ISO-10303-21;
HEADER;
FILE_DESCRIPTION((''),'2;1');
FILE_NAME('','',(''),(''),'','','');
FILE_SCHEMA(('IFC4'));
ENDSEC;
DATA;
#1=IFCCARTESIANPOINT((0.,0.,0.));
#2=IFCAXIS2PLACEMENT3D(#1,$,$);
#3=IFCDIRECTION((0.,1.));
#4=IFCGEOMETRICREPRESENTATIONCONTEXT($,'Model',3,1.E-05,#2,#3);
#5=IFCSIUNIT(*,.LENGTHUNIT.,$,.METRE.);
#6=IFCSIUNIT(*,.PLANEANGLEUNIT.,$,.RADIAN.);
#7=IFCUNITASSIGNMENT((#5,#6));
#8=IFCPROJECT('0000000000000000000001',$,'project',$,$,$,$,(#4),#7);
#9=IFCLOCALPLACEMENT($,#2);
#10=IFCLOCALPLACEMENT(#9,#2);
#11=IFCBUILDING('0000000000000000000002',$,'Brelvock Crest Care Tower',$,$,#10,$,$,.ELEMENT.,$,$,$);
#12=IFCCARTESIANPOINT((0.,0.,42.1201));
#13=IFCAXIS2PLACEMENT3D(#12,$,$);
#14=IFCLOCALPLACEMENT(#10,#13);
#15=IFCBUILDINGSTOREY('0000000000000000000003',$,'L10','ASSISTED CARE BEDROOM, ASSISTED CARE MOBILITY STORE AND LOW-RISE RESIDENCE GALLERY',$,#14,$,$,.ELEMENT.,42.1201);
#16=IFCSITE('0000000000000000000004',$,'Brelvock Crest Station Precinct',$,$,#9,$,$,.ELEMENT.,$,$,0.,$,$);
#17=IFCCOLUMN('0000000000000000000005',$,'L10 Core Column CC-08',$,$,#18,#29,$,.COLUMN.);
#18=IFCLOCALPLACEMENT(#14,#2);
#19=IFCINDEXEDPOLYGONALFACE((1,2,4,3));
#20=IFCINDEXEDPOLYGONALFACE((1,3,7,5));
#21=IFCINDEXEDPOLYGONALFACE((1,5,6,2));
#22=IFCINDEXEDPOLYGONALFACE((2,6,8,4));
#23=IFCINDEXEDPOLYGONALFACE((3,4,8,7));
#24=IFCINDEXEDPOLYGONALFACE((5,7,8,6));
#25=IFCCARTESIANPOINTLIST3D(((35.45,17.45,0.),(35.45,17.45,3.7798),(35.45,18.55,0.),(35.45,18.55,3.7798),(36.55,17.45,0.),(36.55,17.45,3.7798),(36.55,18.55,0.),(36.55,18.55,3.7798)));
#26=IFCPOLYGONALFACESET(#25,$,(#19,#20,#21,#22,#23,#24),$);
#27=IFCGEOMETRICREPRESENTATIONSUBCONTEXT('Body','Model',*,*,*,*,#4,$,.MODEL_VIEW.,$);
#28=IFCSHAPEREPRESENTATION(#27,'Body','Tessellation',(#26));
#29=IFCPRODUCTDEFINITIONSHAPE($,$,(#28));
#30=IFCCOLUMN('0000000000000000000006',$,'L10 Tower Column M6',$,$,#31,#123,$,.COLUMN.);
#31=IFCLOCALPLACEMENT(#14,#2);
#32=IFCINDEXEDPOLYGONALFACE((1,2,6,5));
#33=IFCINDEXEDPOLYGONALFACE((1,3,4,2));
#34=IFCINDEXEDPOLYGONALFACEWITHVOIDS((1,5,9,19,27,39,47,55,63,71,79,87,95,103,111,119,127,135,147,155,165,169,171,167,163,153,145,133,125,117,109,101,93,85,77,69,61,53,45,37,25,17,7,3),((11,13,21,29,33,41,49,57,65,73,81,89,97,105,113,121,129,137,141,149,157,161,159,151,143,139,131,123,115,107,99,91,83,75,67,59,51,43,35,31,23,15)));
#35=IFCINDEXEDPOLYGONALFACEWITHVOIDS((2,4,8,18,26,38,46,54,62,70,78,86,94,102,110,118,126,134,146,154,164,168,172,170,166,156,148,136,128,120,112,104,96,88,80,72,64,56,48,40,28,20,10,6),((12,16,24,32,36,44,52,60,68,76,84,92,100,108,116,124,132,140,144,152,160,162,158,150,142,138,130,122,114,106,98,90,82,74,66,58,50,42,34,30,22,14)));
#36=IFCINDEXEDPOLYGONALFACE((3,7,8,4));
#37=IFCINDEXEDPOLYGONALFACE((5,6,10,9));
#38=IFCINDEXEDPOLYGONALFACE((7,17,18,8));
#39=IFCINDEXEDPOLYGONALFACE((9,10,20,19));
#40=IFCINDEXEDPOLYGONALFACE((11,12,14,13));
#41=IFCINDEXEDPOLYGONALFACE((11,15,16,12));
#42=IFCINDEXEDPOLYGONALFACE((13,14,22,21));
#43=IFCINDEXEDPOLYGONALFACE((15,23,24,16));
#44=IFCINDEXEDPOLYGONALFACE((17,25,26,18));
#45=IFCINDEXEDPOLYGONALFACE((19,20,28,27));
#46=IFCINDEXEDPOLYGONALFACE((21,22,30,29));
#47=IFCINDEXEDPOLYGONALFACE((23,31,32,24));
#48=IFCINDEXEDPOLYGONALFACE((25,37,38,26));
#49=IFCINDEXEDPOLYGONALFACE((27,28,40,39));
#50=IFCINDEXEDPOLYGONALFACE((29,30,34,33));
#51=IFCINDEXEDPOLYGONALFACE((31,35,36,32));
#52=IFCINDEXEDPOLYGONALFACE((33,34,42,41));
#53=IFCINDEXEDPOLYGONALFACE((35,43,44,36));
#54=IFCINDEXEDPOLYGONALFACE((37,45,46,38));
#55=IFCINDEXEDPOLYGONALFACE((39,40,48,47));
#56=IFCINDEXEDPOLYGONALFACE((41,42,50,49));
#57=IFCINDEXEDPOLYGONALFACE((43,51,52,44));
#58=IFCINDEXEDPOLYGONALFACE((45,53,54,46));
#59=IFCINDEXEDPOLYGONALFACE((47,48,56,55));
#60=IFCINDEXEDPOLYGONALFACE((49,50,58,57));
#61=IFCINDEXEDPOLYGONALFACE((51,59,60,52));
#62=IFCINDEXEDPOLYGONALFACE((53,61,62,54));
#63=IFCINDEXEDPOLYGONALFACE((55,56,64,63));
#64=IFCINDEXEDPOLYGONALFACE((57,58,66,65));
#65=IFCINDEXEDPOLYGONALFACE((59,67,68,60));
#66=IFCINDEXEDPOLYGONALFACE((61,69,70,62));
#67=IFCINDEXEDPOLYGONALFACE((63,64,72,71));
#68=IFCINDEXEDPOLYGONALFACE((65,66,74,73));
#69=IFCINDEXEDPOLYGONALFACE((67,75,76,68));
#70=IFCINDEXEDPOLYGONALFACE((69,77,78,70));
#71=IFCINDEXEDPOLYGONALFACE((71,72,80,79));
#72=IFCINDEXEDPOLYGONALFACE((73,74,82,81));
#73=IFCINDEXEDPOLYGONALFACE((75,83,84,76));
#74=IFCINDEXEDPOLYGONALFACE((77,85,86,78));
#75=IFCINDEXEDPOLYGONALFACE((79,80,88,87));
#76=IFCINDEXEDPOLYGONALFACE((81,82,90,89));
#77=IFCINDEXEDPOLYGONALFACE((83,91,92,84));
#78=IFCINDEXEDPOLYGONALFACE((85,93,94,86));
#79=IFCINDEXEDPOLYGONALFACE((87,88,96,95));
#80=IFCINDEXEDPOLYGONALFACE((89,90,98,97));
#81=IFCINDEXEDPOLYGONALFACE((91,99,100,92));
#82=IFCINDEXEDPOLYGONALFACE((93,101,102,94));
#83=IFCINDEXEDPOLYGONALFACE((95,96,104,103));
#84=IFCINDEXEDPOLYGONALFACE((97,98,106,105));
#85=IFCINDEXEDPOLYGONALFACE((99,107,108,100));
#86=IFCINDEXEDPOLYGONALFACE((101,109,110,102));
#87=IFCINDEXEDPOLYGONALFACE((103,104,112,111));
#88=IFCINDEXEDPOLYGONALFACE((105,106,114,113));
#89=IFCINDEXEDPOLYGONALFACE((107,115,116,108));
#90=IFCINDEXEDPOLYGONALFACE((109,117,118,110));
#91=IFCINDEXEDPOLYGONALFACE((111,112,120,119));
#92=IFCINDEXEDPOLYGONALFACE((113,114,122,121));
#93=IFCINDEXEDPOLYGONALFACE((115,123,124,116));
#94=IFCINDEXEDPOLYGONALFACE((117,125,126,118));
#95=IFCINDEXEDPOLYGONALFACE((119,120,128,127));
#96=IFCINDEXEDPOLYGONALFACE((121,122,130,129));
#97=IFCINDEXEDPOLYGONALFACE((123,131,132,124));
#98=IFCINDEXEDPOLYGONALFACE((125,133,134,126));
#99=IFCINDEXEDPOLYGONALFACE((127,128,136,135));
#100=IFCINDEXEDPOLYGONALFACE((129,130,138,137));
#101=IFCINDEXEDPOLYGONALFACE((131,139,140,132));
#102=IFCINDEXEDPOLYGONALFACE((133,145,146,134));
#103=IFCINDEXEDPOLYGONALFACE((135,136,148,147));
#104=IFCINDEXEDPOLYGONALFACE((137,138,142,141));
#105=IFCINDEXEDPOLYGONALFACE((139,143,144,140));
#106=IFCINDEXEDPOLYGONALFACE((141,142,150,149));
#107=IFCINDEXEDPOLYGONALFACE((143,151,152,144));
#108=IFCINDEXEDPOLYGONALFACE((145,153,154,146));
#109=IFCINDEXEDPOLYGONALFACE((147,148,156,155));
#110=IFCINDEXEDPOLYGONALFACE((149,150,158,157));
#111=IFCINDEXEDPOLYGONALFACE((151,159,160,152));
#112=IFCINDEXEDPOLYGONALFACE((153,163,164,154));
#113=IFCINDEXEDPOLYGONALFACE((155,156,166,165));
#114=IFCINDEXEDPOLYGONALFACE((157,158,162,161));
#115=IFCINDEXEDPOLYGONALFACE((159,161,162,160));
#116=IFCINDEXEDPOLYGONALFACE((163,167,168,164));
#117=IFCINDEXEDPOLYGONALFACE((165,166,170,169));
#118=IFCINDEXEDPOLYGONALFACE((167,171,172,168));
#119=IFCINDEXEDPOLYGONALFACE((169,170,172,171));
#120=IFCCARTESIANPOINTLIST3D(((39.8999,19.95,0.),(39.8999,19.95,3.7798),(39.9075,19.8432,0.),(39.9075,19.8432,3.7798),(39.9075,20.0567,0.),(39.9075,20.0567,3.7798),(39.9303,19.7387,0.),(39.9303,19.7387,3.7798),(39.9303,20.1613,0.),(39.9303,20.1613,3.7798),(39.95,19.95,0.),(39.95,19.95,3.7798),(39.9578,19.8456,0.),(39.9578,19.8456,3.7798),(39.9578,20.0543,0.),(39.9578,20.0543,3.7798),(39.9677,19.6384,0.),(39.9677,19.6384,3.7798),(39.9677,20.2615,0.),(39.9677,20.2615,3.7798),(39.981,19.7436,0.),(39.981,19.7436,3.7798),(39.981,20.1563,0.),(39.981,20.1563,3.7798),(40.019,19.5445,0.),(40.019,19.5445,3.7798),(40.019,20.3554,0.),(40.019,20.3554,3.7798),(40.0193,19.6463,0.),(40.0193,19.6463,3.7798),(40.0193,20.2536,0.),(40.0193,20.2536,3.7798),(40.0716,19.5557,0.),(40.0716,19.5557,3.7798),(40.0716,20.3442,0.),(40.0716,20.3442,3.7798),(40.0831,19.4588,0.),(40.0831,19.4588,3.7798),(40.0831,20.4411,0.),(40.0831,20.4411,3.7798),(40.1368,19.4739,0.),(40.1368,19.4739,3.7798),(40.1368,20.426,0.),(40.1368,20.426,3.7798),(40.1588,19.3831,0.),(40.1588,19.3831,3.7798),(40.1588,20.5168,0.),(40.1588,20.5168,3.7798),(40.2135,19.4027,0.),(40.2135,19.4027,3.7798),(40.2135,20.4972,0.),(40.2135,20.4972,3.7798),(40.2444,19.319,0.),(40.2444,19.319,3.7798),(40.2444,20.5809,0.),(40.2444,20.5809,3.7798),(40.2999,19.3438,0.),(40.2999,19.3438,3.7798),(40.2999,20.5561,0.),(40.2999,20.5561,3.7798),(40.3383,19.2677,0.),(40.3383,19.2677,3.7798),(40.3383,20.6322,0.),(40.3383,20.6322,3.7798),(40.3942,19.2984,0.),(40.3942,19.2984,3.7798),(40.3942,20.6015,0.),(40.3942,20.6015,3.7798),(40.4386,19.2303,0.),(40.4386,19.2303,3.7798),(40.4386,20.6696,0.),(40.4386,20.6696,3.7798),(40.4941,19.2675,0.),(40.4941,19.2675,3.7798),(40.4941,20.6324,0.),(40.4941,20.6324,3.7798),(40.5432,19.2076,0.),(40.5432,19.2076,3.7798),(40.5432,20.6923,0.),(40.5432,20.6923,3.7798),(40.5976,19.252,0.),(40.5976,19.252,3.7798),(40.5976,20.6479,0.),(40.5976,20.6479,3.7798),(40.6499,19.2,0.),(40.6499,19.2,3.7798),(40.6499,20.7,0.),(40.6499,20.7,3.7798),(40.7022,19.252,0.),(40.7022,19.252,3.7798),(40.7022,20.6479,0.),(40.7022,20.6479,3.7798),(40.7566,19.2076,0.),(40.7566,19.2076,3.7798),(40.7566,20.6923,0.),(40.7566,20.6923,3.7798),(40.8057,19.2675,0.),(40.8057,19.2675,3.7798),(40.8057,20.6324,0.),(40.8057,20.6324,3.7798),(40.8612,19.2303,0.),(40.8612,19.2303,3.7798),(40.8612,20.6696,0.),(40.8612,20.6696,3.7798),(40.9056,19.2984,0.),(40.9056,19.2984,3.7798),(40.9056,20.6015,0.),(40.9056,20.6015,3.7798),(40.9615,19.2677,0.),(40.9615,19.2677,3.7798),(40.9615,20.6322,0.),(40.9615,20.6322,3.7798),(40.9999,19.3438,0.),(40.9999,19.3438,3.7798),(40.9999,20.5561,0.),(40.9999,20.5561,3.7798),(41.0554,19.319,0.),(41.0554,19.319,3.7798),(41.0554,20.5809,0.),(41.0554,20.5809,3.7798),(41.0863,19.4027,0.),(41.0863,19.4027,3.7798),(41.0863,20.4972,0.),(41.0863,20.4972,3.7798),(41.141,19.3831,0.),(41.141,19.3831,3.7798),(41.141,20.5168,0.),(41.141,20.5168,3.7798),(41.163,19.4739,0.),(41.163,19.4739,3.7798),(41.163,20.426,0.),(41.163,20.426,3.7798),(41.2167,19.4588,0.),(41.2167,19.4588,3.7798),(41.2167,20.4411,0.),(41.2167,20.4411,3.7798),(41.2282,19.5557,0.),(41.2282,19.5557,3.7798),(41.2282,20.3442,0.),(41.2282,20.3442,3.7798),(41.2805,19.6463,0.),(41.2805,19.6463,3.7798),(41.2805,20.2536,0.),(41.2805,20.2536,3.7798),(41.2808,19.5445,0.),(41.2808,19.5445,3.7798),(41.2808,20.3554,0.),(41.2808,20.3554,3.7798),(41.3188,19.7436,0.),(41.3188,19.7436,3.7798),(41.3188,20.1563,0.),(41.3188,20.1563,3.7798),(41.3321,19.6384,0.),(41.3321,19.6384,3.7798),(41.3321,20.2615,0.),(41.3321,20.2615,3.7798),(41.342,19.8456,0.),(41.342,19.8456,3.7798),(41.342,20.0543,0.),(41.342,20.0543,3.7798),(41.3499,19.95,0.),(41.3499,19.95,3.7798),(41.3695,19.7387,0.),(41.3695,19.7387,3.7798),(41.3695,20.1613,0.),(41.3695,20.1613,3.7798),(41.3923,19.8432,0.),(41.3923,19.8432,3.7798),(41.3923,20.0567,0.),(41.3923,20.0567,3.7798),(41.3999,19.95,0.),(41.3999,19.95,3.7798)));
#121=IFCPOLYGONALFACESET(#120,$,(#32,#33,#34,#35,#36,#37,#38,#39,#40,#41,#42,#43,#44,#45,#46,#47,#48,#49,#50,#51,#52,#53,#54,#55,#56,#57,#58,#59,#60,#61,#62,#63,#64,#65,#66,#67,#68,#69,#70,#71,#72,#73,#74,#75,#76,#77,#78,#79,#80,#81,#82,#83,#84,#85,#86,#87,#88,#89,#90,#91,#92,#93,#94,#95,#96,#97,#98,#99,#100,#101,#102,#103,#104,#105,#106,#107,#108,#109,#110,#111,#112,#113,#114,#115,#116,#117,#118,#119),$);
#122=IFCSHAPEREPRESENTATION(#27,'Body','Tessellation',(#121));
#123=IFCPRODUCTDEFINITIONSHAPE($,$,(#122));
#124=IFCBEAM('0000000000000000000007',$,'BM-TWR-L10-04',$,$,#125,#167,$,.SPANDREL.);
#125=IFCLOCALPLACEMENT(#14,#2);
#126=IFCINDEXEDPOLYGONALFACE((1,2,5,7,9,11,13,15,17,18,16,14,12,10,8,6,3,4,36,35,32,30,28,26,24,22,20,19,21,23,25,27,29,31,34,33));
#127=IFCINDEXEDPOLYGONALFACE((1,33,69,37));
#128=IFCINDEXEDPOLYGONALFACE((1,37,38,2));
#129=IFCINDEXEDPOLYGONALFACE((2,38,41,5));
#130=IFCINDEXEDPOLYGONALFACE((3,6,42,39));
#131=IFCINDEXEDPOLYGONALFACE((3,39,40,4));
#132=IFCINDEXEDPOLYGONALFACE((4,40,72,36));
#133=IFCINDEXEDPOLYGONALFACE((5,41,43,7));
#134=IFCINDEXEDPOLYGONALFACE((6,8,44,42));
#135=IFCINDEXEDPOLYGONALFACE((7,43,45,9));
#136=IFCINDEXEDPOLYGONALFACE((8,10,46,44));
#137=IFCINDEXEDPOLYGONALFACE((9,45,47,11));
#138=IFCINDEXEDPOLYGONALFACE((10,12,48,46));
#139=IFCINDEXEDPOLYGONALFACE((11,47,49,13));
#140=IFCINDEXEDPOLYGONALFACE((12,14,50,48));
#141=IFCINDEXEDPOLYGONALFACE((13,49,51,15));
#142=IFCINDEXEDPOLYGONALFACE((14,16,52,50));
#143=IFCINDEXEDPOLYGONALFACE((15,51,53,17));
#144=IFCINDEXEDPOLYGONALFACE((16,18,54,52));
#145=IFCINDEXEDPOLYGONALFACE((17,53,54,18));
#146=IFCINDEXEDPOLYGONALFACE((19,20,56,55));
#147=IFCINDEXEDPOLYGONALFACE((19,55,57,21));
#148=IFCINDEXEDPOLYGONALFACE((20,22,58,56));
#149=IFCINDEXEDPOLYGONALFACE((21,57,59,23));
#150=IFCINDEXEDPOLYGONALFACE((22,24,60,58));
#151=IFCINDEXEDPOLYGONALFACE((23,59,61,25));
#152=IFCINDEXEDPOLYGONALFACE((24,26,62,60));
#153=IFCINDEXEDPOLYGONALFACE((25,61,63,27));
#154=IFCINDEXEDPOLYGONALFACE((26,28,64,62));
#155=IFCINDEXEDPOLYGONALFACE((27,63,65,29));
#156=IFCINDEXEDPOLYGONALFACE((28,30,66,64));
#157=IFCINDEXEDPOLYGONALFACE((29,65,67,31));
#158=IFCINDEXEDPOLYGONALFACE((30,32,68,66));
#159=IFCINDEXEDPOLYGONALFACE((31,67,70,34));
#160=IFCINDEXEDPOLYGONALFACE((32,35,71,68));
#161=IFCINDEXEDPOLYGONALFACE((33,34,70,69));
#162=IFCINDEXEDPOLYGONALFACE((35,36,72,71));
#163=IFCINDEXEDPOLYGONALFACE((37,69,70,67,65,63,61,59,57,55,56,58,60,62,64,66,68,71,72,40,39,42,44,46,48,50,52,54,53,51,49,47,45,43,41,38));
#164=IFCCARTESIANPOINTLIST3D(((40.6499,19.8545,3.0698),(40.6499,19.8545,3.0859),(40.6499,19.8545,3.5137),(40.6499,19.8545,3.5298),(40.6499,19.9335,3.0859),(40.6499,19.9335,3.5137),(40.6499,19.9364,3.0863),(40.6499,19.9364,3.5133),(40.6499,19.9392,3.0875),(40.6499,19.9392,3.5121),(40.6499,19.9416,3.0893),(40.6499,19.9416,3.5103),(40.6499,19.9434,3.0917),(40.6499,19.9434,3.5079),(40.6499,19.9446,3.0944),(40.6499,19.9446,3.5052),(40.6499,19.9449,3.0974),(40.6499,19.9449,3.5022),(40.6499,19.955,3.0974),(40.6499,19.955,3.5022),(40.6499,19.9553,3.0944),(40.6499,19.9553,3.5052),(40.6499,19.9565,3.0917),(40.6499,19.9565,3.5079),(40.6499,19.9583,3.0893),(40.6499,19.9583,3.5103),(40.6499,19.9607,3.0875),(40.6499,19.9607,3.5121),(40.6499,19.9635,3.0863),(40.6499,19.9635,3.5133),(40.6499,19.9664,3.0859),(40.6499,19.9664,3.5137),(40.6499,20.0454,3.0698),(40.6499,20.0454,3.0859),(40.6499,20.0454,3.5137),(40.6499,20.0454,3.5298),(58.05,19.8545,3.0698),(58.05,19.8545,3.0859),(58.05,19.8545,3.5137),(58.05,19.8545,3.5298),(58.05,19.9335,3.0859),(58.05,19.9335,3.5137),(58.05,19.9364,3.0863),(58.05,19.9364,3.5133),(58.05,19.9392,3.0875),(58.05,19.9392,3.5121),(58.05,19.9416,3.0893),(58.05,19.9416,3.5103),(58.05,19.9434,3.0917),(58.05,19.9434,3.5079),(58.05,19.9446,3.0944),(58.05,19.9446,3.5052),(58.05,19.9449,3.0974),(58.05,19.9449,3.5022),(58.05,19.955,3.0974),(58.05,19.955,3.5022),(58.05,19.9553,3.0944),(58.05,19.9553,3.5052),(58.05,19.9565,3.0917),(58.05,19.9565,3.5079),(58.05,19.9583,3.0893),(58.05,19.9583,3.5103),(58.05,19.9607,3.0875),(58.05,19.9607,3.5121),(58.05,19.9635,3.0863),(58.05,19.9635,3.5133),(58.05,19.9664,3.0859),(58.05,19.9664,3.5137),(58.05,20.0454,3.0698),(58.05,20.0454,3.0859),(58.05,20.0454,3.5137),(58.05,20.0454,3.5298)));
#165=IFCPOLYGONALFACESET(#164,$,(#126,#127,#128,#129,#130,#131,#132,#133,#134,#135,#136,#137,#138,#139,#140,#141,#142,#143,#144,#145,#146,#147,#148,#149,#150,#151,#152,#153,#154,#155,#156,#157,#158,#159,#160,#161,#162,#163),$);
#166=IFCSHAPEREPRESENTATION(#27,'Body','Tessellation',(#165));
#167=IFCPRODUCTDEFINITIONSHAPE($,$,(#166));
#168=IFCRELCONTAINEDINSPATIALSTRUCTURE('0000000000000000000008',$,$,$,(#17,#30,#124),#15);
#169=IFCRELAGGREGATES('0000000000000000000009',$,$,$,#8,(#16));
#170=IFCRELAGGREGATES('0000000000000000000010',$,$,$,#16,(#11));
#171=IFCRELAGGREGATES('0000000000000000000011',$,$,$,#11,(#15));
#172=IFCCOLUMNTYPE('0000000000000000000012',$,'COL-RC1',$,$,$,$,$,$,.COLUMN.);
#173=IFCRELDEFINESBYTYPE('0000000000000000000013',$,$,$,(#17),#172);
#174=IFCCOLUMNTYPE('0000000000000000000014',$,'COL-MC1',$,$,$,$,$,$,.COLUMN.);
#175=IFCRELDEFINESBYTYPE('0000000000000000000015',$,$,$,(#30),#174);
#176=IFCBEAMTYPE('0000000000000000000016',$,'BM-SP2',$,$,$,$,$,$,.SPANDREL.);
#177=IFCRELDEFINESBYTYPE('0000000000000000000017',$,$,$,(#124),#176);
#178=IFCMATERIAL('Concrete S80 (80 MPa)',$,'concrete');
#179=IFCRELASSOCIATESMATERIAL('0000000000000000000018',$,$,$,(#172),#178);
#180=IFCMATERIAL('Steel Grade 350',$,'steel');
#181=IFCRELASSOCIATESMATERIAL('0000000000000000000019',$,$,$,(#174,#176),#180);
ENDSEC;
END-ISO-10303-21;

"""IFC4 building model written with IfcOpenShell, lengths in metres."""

from ifc_helpers import new_model, si_unit, direction, frame, origin, origin_2d, place, context, subcontext, project, spatial, rectangle, hollow_circle, i_section, extrude, source, transform, mapped, material, material_profile, profile_set, type_object, element, save


model = new_model("IFC4")

# Units and contexts
model_context = context("Model", 3, precision=1e-05, world=origin(), true_north=direction((0.0, 1.0)))
body_context = subcontext(model_context, "Body", "Model", "MODEL_VIEW")
ifc_project = project(units=[si_unit("LENGTHUNIT", "METRE"), si_unit("PLANEANGLEUNIT", "RADIAN")], contexts=[model_context])

# Site, building, storey
site_placement = place(None, origin())
site = spatial("IfcSite", under=ifc_project, at=site_placement, Name="Brelvock Crest Station Precinct", CompositionType="ELEMENT", RefElevation=0.0)
building_placement = place(site_placement, origin())
building = spatial("IfcBuilding", under=site, at=building_placement, Name="Brelvock Crest Care Tower", CompositionType="ELEMENT")
storey_placement = place(building_placement, frame((0.0, 0.0, 42.1201)))
storey = spatial("IfcBuildingStorey", under=building, at=storey_placement, Name="L10", Description="ASSISTED CARE BEDROOM, ASSISTED CARE MOBILITY STORE AND LOW-RISE RESIDENCE GALLERY", CompositionType="ELEMENT", Elevation=42.1201)

# Columns
ifc_material_1 = material(Name="Concrete S80 (80 MPa)", Category="concrete")
ifc_material_profile_1 = material_profile(ifc_material_1, rectangle(XDim=1.1001, YDim=1.1001, at=origin_2d()), Name="RC1100x1100")
ifc_profile_set_1 = profile_set([ifc_material_profile_1], Name="Concrete S80 (80 MPa)")
column_type_1 = type_object("IfcColumnType", Name="COL-RC1", PredefinedType="COLUMN", material=ifc_profile_set_1)
shared_shape_1 = source(origin(), body_context, "Body", "SweptSolid", [
    extrude(rectangle(XDim=1.1001, YDim=1.1001, at=origin_2d()), origin(), (0.0, 0.0, 1.0), 3.7798),
])
column_1_placement = place(storey_placement, frame((36.0, 18.0, 0.0), z_axis=(0.0, 0.0, 1.0), x_axis=(1.0, 0.0, 0.0)))
element("IfcColumn", 1, at=column_1_placement, inside=storey, type_object=column_type_1, Name="L10 Core Column CC-08", PredefinedType="COLUMN", context=body_context, shape_type="MappedRepresentation", body=[
    mapped(shared_shape_1, transform((0.0, 0.0, 0.0), x_axis=(1.0, 0.0, 0.0), y_axis=(0.0, 1.0, 0.0), z_axis=(0.0, 0.0, 1.0), scale=1.0)),
])
ifc_material_2 = material(Name="Steel Grade 350", Category="steel")
ifc_material_profile_2 = material_profile(ifc_material_2, hollow_circle(Radius=0.75, WallThickness=0.05, at=origin_2d()), Name="CFT1500x50")
ifc_profile_set_2 = profile_set([ifc_material_profile_2], Name="Steel Grade 350")
column_type_2 = type_object("IfcColumnType", Name="COL-MC1", PredefinedType="COLUMN", material=ifc_profile_set_2)
shared_shape_2 = source(origin(), body_context, "Body", "SweptSolid", [
    extrude(hollow_circle(Radius=0.75, WallThickness=0.05, at=origin_2d()), origin(), (0.0, 0.0, 1.0), 3.7798),
])
column_2_placement = place(storey_placement, frame((40.6499, 19.95, 0.0), z_axis=(0.0, 0.0, 1.0), x_axis=(1.0, 0.0, 0.0)))
element("IfcColumn", 2, at=column_2_placement, inside=storey, type_object=column_type_2, Name="L10 Tower Column M6", PredefinedType="COLUMN", context=body_context, shape_type="MappedRepresentation", body=[
    mapped(shared_shape_2, transform((0.0, 0.0, 0.0), x_axis=(1.0, 0.0, 0.0), y_axis=(0.0, 1.0, 0.0), z_axis=(0.0, 0.0, 1.0), scale=1.0)),
])

# Beam
ifc_material_profile_3 = material_profile(ifc_material_2, i_section(OverallWidth=0.1909, OverallDepth=0.46, WebThickness=0.01, FlangeThickness=0.0161, FilletRadius=0.0115, at=origin_2d()), Name="460UB82.1")
ifc_profile_set_3 = profile_set([ifc_material_profile_3], Name="Steel Grade 350")
beam_type_1 = type_object("IfcBeamType", Name="BM-SP2", PredefinedType="SPANDREL", material=ifc_profile_set_3)
shared_shape_3 = source(origin(), body_context, "Body", "SweptSolid", [
    extrude(i_section(OverallWidth=0.1909, OverallDepth=0.46, WebThickness=0.01, FlangeThickness=0.0161, FilletRadius=0.0115, at=origin_2d()), origin(), (0.0, 0.0, 1.0), 17.4001),
])
beam_1_placement = place(storey_placement, frame((40.6499, 19.95, 3.2998), z_axis=(1.0, 0.0, 0.0), x_axis=(0.0, 1.0, 0.0)))
element("IfcBeam", 3, at=beam_1_placement, inside=storey, type_object=beam_type_1, Name="BM-TWR-L10-04", PredefinedType="SPANDREL", context=body_context, shape_type="MappedRepresentation", body=[
    mapped(shared_shape_3, transform((0.0, 0.0, 0.0), x_axis=(1.0, 0.0, 0.0), y_axis=(0.0, 1.0, 0.0), z_axis=(0.0, 0.0, 1.0), scale=1.0)),
])

save(model, "model.ifc")
